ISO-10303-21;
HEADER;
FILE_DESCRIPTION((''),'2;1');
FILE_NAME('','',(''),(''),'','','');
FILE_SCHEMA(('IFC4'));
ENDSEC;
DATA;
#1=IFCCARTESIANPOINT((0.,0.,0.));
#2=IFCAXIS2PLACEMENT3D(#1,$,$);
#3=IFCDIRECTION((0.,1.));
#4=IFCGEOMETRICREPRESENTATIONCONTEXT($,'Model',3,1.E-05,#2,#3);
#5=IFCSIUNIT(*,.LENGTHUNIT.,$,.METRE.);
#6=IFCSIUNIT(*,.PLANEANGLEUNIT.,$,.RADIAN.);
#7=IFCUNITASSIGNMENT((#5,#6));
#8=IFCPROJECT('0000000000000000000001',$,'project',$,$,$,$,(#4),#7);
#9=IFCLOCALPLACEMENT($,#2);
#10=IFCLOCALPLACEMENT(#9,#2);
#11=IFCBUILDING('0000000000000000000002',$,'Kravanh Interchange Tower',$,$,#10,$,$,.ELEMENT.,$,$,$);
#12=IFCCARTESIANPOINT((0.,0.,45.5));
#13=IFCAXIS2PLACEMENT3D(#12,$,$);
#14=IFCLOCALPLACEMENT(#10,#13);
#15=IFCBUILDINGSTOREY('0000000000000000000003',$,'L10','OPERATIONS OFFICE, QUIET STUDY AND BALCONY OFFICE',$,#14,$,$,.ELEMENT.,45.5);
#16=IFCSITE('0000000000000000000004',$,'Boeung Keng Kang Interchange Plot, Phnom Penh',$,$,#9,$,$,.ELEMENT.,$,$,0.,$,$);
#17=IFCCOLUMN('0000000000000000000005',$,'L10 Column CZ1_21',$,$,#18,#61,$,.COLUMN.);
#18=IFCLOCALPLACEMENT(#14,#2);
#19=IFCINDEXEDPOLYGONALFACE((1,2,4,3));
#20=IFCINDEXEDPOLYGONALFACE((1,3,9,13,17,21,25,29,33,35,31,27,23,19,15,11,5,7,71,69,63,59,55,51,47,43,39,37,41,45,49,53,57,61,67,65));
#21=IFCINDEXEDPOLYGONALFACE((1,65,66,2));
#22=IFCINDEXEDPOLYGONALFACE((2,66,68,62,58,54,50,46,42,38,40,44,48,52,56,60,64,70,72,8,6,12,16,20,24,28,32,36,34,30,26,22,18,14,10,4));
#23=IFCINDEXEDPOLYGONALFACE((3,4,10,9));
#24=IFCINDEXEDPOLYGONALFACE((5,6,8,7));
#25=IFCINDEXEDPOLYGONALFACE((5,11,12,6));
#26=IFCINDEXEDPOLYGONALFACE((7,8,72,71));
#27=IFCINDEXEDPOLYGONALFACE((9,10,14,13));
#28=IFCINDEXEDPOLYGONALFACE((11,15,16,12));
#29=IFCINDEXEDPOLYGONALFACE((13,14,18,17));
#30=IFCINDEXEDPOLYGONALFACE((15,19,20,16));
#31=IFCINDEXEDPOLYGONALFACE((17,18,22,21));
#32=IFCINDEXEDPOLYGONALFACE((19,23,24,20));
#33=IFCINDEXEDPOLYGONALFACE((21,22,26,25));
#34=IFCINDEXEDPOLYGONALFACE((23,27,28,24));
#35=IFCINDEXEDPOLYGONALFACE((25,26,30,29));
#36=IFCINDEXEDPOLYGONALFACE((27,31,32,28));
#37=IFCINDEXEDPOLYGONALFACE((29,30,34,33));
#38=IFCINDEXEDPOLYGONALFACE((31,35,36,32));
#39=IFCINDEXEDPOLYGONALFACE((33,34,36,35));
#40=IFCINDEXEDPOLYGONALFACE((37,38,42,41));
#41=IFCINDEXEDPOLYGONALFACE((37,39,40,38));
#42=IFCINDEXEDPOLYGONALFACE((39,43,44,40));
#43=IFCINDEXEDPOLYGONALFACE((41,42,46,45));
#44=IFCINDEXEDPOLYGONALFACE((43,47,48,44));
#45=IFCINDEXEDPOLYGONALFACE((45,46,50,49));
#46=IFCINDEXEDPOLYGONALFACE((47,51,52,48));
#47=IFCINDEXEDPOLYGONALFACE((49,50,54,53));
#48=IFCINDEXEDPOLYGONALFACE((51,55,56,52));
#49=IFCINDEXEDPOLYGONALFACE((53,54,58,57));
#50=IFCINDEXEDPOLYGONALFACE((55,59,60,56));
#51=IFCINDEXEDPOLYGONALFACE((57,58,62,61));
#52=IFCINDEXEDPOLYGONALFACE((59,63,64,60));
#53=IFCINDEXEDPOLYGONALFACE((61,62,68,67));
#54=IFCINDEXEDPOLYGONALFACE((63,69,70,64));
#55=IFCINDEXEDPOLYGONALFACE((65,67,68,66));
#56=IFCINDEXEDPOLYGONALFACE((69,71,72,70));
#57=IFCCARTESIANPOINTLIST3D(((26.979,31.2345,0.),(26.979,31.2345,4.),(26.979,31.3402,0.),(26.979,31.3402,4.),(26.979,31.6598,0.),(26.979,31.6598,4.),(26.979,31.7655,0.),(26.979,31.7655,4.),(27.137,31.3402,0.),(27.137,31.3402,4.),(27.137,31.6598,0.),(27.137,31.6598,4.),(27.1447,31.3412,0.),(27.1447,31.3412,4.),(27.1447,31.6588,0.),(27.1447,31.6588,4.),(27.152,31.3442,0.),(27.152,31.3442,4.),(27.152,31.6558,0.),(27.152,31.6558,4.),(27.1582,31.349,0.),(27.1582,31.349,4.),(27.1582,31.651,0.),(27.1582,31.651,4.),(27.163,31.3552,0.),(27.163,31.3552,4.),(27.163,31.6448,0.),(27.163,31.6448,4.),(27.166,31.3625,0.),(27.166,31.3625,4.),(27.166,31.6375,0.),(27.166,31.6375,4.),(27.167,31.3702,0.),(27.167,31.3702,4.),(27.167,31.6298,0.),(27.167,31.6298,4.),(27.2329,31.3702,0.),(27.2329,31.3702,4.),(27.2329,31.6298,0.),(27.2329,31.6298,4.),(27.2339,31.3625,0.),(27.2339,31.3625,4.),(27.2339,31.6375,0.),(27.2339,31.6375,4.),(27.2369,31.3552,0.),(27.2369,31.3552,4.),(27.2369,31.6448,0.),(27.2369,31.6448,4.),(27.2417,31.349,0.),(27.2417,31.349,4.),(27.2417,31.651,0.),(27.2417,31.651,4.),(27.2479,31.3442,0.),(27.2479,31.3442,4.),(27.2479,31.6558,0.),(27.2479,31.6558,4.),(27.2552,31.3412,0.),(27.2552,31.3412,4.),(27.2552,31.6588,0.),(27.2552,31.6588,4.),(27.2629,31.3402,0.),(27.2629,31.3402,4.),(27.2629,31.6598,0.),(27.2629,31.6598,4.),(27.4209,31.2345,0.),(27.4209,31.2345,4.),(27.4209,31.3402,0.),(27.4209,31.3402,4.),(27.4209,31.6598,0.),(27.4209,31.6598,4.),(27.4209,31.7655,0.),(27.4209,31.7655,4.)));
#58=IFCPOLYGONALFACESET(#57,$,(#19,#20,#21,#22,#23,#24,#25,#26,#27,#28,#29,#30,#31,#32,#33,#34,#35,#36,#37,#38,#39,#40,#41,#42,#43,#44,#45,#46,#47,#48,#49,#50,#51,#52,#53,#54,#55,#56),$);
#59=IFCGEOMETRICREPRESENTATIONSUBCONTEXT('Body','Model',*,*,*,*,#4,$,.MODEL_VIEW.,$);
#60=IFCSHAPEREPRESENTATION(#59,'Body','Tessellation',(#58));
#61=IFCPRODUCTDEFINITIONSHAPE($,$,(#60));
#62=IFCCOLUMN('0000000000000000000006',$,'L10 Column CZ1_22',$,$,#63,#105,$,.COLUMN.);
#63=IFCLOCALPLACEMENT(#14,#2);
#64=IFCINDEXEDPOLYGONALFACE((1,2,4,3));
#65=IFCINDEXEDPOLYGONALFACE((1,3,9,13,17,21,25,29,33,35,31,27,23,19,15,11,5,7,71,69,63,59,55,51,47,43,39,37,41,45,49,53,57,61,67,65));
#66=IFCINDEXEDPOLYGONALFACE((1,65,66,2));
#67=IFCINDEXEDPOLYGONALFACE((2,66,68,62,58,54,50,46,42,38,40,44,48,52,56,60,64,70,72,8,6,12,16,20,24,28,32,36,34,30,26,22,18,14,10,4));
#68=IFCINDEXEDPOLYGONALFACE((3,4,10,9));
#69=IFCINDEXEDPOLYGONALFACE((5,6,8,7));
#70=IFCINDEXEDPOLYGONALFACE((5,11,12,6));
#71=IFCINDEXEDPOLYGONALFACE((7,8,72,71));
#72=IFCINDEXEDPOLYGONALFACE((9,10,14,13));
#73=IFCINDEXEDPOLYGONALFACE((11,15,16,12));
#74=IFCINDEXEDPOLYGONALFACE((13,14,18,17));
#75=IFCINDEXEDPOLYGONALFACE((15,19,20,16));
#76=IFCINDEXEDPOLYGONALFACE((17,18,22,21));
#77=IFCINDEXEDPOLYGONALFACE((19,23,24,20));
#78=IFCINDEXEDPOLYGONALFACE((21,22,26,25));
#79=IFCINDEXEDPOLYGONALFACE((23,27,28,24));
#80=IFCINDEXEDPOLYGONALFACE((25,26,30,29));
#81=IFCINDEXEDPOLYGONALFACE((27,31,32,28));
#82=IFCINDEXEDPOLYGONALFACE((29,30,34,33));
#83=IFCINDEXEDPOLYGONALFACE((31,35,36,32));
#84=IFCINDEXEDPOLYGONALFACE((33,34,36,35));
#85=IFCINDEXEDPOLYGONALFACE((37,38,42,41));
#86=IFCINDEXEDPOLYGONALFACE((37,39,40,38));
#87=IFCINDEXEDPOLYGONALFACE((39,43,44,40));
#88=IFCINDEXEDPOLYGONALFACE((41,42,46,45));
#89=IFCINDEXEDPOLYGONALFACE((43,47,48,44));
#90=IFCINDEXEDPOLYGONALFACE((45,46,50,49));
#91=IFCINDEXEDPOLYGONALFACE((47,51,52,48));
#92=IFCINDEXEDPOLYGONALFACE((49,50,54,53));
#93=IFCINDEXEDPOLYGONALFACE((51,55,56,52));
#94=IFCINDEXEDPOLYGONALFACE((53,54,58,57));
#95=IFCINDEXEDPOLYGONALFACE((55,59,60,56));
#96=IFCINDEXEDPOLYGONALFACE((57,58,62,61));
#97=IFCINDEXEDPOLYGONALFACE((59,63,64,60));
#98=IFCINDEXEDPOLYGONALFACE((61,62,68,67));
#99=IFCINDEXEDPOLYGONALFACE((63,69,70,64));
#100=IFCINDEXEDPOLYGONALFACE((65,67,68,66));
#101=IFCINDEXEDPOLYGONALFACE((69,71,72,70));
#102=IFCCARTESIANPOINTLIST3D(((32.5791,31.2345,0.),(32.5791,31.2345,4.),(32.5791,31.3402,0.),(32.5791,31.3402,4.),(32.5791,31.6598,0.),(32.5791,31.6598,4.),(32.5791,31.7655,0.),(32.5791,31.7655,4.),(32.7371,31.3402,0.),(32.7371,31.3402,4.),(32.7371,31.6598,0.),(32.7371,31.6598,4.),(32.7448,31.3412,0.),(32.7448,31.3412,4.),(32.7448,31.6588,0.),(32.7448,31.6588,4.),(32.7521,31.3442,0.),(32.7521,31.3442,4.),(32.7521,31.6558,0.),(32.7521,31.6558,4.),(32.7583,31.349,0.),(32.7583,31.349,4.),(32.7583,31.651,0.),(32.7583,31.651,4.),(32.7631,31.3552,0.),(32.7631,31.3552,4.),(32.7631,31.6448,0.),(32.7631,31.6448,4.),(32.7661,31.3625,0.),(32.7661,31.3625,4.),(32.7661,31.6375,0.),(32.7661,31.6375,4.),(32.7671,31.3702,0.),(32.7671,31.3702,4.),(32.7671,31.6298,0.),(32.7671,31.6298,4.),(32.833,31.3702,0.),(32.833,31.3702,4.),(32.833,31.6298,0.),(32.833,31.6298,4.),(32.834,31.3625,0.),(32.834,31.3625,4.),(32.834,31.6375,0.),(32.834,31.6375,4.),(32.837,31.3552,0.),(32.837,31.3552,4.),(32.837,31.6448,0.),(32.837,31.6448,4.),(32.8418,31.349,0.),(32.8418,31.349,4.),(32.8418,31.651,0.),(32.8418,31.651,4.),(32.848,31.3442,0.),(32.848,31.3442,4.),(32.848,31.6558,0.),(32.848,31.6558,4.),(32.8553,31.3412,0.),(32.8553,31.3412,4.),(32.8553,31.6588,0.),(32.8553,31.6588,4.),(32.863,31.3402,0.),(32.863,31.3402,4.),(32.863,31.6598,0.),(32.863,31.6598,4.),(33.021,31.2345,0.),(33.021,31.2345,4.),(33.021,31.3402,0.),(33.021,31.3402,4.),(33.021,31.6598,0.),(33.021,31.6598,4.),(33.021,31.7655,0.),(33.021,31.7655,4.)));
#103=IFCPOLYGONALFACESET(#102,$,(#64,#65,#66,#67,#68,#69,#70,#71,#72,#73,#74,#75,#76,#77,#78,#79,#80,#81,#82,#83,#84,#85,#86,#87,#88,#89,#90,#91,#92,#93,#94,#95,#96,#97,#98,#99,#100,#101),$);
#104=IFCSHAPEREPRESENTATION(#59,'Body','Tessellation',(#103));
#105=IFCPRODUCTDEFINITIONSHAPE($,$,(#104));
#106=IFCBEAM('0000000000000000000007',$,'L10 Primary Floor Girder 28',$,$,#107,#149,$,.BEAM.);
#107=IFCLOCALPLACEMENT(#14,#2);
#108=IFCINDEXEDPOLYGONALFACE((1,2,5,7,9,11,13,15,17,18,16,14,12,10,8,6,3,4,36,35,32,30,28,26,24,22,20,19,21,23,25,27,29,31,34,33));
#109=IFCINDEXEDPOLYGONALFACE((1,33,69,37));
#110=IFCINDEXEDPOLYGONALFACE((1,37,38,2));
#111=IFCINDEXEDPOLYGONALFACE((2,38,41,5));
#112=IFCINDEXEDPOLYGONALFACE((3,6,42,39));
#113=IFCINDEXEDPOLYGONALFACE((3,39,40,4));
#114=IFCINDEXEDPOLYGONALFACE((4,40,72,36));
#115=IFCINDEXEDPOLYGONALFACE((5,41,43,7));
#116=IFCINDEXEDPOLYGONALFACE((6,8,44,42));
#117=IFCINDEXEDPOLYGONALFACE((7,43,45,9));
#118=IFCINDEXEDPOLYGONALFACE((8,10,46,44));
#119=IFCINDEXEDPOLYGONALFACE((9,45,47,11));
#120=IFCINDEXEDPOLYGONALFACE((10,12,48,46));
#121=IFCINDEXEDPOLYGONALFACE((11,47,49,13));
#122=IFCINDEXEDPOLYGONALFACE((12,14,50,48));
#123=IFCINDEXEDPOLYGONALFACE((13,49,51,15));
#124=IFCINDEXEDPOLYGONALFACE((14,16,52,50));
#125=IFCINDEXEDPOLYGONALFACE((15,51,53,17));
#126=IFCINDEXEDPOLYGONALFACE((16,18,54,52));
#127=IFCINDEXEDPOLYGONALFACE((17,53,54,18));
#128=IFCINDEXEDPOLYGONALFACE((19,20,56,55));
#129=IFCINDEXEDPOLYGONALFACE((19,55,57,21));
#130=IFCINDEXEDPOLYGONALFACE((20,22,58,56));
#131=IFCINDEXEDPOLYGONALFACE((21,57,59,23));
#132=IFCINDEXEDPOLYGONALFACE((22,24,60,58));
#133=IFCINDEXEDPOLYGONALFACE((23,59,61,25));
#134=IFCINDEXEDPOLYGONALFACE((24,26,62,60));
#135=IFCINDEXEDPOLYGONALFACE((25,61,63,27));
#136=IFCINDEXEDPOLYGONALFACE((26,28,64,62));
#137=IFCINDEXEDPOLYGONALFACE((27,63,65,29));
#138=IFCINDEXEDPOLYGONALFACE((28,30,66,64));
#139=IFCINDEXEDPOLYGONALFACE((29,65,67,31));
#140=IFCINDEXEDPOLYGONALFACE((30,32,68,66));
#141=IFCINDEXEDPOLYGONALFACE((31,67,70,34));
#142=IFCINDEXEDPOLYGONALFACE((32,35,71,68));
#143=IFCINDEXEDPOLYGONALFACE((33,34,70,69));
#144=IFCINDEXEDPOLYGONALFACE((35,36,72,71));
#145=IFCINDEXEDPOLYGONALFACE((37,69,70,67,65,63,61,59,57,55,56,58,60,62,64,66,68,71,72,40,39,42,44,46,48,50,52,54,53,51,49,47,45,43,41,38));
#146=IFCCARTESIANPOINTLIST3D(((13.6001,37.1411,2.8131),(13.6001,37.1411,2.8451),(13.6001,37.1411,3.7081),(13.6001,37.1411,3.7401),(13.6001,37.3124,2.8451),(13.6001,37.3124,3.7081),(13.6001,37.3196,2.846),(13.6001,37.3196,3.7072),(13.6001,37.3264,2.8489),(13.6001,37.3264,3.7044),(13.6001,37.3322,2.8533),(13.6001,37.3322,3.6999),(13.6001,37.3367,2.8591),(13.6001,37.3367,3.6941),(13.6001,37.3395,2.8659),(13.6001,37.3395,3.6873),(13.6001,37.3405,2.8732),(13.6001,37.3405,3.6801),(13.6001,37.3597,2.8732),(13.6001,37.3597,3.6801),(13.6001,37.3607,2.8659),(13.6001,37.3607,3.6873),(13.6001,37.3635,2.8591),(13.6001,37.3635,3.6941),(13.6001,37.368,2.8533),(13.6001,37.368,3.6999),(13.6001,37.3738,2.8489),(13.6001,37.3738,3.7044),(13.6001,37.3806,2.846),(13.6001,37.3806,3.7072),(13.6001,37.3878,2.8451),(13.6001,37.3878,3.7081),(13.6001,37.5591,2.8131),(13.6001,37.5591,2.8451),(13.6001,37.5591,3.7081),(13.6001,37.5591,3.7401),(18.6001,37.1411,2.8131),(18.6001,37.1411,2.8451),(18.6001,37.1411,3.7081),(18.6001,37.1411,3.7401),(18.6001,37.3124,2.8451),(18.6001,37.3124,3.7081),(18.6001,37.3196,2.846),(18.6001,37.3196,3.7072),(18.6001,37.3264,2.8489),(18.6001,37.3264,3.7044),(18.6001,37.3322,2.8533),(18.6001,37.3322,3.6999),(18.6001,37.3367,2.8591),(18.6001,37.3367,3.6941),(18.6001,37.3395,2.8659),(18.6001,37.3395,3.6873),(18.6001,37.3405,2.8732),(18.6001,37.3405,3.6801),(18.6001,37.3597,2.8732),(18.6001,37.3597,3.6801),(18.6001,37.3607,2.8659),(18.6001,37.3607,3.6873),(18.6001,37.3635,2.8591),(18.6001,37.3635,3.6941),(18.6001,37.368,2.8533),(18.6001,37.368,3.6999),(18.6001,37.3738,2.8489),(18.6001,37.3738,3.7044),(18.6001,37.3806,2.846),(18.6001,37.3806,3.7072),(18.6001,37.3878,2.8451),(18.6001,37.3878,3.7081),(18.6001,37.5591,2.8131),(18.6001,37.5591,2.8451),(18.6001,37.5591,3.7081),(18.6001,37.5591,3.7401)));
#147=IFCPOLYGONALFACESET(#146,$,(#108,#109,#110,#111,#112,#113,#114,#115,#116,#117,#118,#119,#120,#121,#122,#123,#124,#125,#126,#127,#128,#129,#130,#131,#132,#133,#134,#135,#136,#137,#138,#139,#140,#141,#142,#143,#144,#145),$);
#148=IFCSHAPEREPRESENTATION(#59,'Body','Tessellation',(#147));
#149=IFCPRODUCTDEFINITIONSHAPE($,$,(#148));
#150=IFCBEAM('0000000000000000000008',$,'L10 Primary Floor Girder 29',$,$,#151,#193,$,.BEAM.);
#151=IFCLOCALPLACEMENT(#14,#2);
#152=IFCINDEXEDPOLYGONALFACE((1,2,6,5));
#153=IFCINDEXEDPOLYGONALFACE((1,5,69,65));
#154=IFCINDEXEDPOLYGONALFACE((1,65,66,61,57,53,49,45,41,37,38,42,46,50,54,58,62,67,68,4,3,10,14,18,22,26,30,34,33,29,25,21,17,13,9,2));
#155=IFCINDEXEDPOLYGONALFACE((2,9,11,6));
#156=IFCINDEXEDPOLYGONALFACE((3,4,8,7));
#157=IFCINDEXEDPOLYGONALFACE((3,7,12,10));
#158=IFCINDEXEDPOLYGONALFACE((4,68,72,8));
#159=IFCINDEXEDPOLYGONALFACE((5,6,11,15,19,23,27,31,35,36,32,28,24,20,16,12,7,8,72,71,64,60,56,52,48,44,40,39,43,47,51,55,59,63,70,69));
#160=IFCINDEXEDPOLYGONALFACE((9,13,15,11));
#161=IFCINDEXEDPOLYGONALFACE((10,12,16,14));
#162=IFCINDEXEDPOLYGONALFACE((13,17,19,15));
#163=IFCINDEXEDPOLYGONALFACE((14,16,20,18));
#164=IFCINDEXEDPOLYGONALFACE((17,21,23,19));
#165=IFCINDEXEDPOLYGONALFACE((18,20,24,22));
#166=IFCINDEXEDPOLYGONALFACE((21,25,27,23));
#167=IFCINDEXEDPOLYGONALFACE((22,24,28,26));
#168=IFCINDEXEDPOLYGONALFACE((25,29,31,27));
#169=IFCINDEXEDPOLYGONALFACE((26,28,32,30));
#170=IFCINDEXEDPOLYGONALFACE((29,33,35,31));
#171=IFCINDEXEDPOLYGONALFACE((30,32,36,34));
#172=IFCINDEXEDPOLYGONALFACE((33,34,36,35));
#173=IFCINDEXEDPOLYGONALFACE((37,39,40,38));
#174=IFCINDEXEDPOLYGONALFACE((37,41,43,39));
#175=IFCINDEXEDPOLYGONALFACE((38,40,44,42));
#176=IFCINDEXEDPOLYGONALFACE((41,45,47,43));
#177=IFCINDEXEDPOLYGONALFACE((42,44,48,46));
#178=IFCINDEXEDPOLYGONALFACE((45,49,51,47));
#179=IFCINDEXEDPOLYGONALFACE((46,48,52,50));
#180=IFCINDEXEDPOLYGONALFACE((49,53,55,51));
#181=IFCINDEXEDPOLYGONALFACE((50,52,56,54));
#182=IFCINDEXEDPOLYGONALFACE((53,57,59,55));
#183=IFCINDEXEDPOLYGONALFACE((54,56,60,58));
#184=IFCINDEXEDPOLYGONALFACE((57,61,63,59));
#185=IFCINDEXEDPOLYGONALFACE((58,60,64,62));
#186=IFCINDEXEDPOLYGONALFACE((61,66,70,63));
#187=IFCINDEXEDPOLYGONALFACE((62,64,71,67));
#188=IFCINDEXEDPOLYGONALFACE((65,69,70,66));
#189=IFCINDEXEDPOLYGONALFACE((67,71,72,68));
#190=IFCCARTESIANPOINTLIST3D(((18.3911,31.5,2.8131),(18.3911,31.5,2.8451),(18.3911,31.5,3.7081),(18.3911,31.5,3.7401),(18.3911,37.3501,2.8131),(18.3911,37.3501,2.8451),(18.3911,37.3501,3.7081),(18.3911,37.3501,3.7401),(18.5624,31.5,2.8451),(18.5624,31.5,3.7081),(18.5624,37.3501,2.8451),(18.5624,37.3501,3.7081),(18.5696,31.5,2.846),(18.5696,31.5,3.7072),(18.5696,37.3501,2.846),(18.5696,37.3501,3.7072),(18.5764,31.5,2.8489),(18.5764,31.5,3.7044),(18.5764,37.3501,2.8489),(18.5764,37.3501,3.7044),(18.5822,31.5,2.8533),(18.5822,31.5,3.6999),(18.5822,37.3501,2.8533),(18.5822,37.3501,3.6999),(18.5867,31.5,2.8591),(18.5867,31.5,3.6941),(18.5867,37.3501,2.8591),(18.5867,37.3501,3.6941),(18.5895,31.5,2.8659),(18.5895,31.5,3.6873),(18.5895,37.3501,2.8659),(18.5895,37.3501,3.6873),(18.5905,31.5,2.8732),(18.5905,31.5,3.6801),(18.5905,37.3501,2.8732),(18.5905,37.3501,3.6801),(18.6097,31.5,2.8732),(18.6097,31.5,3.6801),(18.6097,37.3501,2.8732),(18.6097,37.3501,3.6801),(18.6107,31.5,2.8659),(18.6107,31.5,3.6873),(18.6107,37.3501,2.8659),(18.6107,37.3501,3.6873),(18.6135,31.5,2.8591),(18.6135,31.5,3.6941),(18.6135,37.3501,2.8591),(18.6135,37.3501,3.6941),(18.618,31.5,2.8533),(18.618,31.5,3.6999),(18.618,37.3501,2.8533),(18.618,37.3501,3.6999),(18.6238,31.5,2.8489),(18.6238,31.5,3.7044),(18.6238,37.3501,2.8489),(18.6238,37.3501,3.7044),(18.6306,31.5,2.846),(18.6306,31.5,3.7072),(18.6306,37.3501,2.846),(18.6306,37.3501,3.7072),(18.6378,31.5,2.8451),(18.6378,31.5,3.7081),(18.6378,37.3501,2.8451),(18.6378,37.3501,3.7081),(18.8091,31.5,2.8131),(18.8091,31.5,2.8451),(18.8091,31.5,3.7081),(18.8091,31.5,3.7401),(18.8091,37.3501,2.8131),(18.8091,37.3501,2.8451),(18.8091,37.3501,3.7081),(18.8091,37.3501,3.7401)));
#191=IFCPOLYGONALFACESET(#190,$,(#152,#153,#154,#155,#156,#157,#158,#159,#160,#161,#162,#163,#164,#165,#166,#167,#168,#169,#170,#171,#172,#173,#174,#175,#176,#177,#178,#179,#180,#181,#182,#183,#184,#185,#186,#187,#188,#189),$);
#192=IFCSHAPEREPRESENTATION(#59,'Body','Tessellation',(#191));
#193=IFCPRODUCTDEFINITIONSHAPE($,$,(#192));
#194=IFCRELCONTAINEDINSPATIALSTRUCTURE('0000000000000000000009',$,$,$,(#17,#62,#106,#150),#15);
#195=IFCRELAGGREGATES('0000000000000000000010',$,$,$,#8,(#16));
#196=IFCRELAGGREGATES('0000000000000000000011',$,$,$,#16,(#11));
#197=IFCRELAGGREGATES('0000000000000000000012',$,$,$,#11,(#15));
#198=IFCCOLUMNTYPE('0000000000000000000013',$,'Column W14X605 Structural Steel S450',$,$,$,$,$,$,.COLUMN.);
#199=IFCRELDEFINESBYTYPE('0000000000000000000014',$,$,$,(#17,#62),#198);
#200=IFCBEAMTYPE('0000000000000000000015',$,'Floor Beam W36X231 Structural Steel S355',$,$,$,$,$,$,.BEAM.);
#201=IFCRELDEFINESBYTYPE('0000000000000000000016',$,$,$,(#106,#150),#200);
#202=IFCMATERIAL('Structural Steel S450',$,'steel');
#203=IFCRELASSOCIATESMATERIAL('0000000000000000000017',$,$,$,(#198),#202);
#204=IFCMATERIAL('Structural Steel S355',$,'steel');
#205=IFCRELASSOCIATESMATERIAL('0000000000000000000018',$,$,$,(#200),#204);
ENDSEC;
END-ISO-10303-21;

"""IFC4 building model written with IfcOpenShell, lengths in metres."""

from ifc_helpers import new_model, si_unit, direction, frame, origin, origin_2d, place, context, subcontext, project, spatial, i_section, extrude, material, material_profile, profile_set, type_object, element, save


model = new_model("IFC4")

# Units and contexts
model_context = context("Model", 3, precision=1e-05, world=origin(), true_north=direction((0.0, 1.0)))
body_context = subcontext(model_context, "Body", "Model", "MODEL_VIEW")
ifc_project = project(units=[si_unit("LENGTHUNIT", "METRE"), si_unit("PLANEANGLEUNIT", "RADIAN")], contexts=[model_context])

# Site, building, storey
site_placement = place(None, origin())
site = spatial("IfcSite", under=ifc_project, at=site_placement, Name="Boeung Keng Kang Interchange Plot, Phnom Penh", CompositionType="ELEMENT", RefElevation=0.0)
building_placement = place(site_placement, origin())
building = spatial("IfcBuilding", under=site, at=building_placement, Name="Kravanh Interchange Tower", CompositionType="ELEMENT")
storey_placement = place(building_placement, frame((0.0, 0.0, 45.5)))
storey = spatial("IfcBuildingStorey", under=building, at=storey_placement, Name="L10", Description="OPERATIONS OFFICE, QUIET STUDY AND BALCONY OFFICE", CompositionType="ELEMENT", Elevation=45.5)

# Columns
ifc_material_1 = material(Name="Structural Steel S450", Category="steel")
ifc_material_profile_1 = material_profile(ifc_material_1, i_section(OverallWidth=0.4419, OverallDepth=0.531, WebThickness=0.0659, FlangeThickness=0.1057, FilletRadius=0.03, at=origin_2d()), Name="W14X605")
ifc_profile_set_1 = profile_set([ifc_material_profile_1], Name="Structural Steel S450")
column_type_1 = type_object("IfcColumnType", Name="Column W14X605 Structural Steel S450", PredefinedType="COLUMN", material=ifc_profile_set_1)
for number, where, z_axis, x_axis, name in (
    (1, (27.2, 31.5, 0.0), (0.0, 0.0, 1.0), (1.0, 0.0, 0.0), "L10 Column CZ1_21"),
    (2, (32.8, 31.5, 0.0), (0.0, 0.0, 1.0), (1.0, 0.0, 0.0), "L10 Column CZ1_22"),
):
    element("IfcColumn", number, at=place(storey_placement, frame(where, z_axis=z_axis, x_axis=x_axis)), inside=storey, type_object=column_type_1, Name=name, PredefinedType="COLUMN", context=body_context, shape_type="SweptSolid", body=[
        extrude(i_section(OverallWidth=0.4419, OverallDepth=0.531, WebThickness=0.0659, FlangeThickness=0.1057, FilletRadius=0.03, at=origin_2d()), origin(), (0.0, 0.0, 1.0), 4.0),
    ])

# Beams
ifc_material_2 = material(Name="Structural Steel S355", Category="steel")
ifc_material_profile_2 = material_profile(ifc_material_2, i_section(OverallWidth=0.418, OverallDepth=0.927, WebThickness=0.0193, FlangeThickness=0.032, FilletRadius=0.0281, at=origin_2d()), Name="W36X231")
ifc_profile_set_2 = profile_set([ifc_material_profile_2], Name="Structural Steel S355")
beam_type_1 = type_object("IfcBeamType", Name="Floor Beam W36X231 Structural Steel S355", PredefinedType="BEAM", material=ifc_profile_set_2)
beam_1_placement = place(storey_placement, frame((18.6001, 37.3501, 3.2766), z_axis=(-1.0, 0.0, 0.0), x_axis=(0.0, -1.0, 0.0)))
element("IfcBeam", 3, at=beam_1_placement, inside=storey, type_object=beam_type_1, Name="L10 Primary Floor Girder 28", PredefinedType="BEAM", context=body_context, shape_type="SweptSolid", body=[
    extrude(i_section(OverallWidth=0.418, OverallDepth=0.927, WebThickness=0.0193, FlangeThickness=0.032, FilletRadius=0.0281, at=origin_2d()), origin(), (0.0, 0.0, 1.0), 5.0),
])
beam_2_placement = place(storey_placement, frame((18.6001, 37.3501, 3.2766), z_axis=(0.0, -1.0, 0.0), x_axis=(1.0, 0.0, 0.0)))
element("IfcBeam", 4, at=beam_2_placement, inside=storey, type_object=beam_type_1, Name="L10 Primary Floor Girder 29", PredefinedType="BEAM", context=body_context, shape_type="SweptSolid", body=[
    extrude(i_section(OverallWidth=0.418, OverallDepth=0.927, WebThickness=0.0193, FlangeThickness=0.032, FilletRadius=0.0281, at=origin_2d()), origin(), (0.0, 0.0, 1.0), 5.8501),
])

save(model, "model.ifc")
